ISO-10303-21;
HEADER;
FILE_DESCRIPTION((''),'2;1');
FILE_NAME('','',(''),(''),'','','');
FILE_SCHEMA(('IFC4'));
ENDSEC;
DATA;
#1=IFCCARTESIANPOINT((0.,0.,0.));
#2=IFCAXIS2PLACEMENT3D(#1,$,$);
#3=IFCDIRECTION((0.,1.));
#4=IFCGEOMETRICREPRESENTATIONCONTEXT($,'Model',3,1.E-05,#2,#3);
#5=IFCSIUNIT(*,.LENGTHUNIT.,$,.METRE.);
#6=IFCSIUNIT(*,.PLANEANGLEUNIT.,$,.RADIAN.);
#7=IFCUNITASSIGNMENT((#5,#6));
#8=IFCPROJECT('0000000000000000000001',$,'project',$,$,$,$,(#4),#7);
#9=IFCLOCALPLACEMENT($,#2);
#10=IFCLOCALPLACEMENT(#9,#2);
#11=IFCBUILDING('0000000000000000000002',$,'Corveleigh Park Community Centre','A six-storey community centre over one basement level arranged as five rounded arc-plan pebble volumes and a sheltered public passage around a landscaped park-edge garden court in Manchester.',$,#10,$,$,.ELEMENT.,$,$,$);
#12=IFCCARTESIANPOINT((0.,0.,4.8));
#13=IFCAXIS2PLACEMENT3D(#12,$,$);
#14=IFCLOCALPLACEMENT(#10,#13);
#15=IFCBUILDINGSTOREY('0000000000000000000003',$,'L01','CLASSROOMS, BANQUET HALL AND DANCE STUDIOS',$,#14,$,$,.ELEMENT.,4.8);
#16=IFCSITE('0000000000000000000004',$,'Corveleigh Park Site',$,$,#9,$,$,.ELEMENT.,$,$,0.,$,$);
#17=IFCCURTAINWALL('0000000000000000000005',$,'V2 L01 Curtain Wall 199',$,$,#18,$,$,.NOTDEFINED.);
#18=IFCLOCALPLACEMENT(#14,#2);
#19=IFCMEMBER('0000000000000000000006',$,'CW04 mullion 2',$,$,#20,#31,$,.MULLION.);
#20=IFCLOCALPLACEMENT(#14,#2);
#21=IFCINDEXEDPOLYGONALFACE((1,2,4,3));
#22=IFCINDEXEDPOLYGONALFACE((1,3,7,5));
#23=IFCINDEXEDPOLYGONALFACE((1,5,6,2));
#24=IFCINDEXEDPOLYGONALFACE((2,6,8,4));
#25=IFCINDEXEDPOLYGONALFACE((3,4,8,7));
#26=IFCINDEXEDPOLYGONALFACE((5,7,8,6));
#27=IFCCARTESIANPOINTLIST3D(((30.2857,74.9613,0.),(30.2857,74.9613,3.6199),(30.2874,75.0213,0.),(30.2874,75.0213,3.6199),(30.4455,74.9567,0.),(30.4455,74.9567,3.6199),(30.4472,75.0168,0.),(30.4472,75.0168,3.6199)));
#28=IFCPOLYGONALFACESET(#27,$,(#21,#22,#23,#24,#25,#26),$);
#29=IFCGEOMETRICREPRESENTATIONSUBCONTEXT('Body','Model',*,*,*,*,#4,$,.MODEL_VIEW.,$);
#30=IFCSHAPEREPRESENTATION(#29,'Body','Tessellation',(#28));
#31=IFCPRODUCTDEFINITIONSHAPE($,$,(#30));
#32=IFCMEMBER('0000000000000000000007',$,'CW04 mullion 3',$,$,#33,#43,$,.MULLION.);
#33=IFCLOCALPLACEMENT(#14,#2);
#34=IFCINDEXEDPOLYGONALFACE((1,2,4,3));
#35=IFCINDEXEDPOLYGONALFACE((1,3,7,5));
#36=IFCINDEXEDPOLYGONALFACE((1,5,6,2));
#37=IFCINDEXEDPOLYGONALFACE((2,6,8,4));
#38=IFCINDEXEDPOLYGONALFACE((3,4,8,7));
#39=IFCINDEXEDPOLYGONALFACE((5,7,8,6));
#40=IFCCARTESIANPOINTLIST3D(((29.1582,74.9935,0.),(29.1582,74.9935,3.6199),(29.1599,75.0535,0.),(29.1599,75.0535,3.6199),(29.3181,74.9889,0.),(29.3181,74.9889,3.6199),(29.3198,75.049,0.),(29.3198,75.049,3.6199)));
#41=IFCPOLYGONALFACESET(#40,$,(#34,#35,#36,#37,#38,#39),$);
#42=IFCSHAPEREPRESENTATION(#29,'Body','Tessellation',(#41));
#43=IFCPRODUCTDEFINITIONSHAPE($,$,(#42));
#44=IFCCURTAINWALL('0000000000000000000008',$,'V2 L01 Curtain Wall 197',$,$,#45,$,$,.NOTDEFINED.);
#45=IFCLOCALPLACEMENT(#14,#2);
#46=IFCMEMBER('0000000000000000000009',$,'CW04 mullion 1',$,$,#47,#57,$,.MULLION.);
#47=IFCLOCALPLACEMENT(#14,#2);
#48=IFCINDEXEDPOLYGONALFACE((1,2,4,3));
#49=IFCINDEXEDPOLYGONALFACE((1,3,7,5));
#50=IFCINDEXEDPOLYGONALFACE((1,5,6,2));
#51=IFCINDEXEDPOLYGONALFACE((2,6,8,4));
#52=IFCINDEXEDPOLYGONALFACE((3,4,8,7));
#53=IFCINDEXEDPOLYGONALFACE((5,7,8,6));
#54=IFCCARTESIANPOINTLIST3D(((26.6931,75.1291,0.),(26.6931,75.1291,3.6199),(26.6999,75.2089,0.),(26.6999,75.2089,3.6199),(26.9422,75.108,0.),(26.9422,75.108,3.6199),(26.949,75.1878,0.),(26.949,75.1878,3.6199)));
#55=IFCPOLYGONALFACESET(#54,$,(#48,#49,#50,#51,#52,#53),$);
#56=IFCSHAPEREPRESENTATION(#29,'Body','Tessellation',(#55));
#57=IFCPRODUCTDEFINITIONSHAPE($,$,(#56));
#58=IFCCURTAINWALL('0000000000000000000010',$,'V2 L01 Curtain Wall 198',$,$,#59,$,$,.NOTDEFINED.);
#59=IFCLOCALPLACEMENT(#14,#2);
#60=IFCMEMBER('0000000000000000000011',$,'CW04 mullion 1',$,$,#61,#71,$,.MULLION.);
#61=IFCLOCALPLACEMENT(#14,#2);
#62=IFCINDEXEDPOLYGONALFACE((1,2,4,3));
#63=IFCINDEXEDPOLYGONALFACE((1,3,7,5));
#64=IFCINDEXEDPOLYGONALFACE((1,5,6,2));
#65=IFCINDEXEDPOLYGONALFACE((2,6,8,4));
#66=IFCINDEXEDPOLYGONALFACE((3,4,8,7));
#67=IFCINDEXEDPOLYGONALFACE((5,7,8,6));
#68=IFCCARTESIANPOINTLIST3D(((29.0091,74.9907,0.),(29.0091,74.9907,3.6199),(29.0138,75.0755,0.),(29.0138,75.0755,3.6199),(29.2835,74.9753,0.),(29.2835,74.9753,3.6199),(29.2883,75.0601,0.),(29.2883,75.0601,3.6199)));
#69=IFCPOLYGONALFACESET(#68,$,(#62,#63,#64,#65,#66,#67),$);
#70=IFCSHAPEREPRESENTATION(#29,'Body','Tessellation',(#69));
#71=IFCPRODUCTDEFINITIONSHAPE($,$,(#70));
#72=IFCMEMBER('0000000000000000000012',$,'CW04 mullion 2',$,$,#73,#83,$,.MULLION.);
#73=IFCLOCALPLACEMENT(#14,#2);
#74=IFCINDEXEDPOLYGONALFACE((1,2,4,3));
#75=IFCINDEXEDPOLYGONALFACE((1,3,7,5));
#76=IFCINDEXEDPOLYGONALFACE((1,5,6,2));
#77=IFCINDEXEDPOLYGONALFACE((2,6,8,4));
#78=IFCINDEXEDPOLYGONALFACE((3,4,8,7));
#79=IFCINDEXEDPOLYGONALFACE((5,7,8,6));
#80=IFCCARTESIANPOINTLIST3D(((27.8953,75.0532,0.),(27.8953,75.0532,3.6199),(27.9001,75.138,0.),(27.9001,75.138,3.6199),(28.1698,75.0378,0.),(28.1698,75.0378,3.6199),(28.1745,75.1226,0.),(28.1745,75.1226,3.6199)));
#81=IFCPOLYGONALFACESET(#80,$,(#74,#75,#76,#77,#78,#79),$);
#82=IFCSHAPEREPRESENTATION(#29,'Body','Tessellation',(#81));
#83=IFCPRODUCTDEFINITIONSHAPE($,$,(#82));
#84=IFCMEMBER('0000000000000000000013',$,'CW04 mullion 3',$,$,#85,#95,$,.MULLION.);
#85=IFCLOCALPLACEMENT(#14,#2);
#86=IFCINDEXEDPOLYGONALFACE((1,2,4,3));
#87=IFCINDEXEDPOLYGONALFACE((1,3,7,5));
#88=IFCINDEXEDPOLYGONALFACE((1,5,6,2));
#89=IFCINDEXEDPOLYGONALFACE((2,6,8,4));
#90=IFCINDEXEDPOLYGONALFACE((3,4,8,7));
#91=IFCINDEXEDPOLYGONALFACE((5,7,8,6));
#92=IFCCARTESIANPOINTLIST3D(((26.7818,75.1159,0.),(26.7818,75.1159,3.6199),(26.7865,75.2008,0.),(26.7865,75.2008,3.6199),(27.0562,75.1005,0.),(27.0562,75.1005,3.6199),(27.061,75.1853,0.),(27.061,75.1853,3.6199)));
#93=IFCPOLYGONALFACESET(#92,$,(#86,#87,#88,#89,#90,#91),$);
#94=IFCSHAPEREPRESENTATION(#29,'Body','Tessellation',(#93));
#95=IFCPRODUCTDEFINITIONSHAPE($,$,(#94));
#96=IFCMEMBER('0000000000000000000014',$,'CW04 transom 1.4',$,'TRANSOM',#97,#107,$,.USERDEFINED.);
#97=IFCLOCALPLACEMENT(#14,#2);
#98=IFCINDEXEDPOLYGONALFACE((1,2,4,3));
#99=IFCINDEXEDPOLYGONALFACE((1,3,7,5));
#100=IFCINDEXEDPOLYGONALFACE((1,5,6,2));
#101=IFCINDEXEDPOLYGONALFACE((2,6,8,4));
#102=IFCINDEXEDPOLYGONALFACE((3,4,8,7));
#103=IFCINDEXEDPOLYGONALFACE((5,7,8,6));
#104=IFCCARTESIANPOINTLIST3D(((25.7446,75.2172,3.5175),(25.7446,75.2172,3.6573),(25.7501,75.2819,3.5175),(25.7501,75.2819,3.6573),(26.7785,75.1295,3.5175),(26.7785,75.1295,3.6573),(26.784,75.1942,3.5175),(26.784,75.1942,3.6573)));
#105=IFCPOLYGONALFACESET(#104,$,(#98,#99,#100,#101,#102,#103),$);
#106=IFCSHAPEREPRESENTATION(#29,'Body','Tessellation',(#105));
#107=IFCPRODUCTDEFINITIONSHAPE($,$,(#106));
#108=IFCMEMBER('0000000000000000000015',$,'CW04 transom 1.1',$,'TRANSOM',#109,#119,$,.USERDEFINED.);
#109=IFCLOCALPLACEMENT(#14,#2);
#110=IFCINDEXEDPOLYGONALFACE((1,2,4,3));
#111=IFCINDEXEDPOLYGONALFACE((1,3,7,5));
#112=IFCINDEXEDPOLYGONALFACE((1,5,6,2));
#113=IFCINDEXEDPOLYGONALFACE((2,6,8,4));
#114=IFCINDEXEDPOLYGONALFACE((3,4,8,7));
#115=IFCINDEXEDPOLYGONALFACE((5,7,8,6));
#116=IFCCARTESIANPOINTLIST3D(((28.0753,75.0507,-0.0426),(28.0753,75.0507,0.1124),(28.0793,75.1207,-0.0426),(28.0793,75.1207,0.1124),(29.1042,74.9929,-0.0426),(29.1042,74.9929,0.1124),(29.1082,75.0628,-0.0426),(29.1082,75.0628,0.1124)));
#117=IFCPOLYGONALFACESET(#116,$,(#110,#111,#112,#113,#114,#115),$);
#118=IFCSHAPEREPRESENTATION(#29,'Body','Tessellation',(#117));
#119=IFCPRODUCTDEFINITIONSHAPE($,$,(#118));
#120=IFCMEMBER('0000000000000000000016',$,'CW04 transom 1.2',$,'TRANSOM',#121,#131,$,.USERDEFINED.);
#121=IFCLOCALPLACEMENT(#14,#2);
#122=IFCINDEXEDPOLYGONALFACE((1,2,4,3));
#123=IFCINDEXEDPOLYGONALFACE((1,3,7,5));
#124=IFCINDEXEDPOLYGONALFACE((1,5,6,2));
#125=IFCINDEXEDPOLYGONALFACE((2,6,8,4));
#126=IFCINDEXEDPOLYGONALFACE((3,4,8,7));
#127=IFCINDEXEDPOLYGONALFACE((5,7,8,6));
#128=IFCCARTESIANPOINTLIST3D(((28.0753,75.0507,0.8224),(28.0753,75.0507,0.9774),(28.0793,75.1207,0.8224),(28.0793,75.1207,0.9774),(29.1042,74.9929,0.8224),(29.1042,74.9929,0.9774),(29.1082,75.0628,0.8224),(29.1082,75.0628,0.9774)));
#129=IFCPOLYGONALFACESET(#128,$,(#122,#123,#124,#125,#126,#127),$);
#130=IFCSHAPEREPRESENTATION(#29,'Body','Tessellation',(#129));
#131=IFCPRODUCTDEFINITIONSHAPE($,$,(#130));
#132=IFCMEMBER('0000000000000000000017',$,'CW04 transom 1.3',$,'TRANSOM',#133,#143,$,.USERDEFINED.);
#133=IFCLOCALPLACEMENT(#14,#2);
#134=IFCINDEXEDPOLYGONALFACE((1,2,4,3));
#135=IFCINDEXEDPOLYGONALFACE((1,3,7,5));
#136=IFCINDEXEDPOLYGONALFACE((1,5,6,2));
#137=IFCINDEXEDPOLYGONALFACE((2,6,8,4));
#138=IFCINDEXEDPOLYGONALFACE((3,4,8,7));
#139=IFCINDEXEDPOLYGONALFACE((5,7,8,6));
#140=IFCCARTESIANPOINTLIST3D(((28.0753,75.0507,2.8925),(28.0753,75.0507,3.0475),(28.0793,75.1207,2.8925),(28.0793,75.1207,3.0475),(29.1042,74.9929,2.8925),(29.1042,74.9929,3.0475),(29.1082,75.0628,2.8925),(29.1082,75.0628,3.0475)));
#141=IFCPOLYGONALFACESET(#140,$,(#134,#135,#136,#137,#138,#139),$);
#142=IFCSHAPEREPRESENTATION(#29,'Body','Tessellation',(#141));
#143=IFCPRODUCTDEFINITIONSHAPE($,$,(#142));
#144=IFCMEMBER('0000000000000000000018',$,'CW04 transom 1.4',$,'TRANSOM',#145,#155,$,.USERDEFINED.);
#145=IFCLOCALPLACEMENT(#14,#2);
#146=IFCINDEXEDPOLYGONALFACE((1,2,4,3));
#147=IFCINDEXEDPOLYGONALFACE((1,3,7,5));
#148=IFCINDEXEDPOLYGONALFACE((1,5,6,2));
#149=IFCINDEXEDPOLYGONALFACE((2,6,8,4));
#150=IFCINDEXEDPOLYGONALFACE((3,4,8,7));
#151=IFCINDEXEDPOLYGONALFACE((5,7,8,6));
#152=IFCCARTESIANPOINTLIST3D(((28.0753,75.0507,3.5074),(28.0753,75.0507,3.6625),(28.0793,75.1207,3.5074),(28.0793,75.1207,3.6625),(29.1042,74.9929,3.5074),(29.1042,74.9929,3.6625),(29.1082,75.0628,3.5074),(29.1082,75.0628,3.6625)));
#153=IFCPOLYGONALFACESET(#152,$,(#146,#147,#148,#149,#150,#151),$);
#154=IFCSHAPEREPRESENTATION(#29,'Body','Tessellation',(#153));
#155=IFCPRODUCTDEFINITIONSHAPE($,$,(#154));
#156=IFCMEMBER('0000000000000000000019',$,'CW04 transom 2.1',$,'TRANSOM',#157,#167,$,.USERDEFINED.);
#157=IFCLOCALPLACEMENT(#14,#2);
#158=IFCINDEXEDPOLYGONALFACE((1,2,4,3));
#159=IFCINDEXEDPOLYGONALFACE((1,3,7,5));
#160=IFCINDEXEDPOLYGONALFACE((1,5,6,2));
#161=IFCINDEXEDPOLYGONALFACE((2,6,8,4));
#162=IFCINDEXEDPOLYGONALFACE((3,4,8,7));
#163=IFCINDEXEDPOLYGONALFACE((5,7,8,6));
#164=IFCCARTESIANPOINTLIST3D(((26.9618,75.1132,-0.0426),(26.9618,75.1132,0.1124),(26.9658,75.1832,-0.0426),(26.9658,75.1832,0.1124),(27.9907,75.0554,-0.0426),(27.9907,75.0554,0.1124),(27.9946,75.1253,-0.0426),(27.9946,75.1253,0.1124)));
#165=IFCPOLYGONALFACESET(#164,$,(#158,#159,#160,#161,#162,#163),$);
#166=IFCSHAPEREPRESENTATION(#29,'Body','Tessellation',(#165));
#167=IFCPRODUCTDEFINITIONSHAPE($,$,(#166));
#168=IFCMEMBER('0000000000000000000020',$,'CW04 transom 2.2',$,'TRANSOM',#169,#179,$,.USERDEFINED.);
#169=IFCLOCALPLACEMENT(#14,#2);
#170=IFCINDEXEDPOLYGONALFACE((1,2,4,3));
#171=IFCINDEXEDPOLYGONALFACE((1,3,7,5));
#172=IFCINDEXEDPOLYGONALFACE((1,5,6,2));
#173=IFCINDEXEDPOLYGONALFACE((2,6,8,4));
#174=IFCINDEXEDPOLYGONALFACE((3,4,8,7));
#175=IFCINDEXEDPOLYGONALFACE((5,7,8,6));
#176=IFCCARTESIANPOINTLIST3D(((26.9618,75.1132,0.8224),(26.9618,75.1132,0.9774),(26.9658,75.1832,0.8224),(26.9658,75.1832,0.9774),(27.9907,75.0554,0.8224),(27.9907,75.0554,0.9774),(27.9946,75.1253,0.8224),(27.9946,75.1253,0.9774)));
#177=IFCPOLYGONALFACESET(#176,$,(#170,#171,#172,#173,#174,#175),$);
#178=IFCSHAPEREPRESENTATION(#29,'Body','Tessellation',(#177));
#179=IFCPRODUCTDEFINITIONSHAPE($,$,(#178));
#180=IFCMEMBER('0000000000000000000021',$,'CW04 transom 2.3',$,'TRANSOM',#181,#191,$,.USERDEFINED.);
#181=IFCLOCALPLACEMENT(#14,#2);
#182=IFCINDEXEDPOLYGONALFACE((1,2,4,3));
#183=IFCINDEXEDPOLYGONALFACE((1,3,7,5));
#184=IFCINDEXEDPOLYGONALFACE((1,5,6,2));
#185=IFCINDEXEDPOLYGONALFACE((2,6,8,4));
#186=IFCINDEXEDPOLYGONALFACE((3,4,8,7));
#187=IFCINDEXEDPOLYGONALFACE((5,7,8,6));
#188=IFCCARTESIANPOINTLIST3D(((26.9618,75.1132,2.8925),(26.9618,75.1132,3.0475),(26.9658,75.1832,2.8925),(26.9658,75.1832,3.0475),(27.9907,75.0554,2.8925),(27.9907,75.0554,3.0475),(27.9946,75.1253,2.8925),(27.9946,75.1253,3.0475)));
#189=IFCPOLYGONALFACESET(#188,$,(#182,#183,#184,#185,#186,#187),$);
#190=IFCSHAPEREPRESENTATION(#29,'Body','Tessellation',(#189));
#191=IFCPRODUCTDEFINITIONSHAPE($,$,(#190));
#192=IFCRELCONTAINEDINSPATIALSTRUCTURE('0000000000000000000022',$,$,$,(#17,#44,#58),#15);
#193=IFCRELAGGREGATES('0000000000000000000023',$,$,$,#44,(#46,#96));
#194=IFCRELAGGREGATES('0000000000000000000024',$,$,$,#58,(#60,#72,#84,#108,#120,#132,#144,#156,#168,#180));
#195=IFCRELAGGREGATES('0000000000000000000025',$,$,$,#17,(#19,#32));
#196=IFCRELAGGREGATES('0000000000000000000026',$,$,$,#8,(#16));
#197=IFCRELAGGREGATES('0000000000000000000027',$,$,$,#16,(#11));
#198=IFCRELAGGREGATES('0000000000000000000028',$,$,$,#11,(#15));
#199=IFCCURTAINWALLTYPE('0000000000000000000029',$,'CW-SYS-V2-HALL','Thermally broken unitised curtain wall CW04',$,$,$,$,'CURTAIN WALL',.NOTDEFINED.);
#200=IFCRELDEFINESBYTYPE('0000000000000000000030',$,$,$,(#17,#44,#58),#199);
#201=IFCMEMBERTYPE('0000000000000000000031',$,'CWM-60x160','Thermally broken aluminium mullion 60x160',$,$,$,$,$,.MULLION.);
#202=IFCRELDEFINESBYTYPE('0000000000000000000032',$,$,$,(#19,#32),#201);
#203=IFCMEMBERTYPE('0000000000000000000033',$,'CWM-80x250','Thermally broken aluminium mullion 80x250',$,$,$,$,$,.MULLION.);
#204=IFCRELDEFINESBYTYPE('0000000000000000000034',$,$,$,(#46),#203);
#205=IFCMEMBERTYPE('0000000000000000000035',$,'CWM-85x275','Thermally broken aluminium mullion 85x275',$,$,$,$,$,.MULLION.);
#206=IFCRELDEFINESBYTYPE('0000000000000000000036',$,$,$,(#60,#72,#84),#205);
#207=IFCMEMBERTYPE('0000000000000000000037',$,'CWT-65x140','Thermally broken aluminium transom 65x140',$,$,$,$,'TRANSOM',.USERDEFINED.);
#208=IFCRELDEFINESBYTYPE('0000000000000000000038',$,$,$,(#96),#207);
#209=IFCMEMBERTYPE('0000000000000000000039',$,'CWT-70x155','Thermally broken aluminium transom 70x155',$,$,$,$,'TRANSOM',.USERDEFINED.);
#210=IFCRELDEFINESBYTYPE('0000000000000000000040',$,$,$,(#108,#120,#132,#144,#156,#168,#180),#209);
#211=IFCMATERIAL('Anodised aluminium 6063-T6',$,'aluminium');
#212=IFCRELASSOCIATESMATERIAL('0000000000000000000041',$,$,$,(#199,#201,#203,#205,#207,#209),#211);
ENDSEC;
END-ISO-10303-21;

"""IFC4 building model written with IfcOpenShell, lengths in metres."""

from ifc_helpers import new_model, si_unit, direction, frame, origin, origin_2d, place, context, subcontext, project, spatial, rectangle, extrude, material, material_profile, profile_set, type_object, element, aggregate, save


model = new_model("IFC4")

# Units and contexts
model_context = context("Model", 3, precision=1e-05, world=origin(), true_north=direction((0.0, 1.0)))
body_context = subcontext(model_context, "Body", "Model", "MODEL_VIEW")
ifc_project = project(units=[si_unit("LENGTHUNIT", "METRE"), si_unit("PLANEANGLEUNIT", "RADIAN")], contexts=[model_context])

# Site, building, storey
site_placement = place(None, origin())
site = spatial("IfcSite", under=ifc_project, at=site_placement, Name="Corveleigh Park Site", CompositionType="ELEMENT", RefElevation=0.0)
building_placement = place(site_placement, origin())
building = spatial("IfcBuilding", under=site, at=building_placement, Name="Corveleigh Park Community Centre", Description="A six-storey community centre over one basement level arranged as five rounded arc-plan pebble volumes and a sheltered public passage around a landscaped park-edge garden court in Manchester.", CompositionType="ELEMENT")
storey_placement = place(building_placement, frame((0.0, 0.0, 4.8)))
storey = spatial("IfcBuildingStorey", under=building, at=storey_placement, Name="L01", Description="CLASSROOMS, BANQUET HALL AND DANCE STUDIOS", CompositionType="ELEMENT", Elevation=4.8)

# Curtain wall, members
ifc_material_1 = material(Name="Anodised aluminium 6063-T6", Category="aluminium")
curtain_wall_type = type_object("IfcCurtainWallType", Name="CW-SYS-V2-HALL", Description="Thermally broken unitised curtain wall CW04", ElementType="CURTAIN WALL", PredefinedType="NOTDEFINED", material=ifc_material_1)
curtain_wall_1_placement = place(storey_placement, origin())
curtain_wall_1 = element("IfcCurtainWall", 1, at=curtain_wall_1_placement, inside=storey, type_object=curtain_wall_type, Name="V2 L01 Curtain Wall 199", PredefinedType="NOTDEFINED")
ifc_material_profile_1 = material_profile(ifc_material_1, rectangle(XDim=0.0601, YDim=0.1599, at=origin_2d()), Name="ALU-M60x160", Category="aluminium")
ifc_profile_set_1 = profile_set([ifc_material_profile_1], Name="Anodised aluminium 6063-T6")
member_type_1 = type_object("IfcMemberType", Name="CWM-60x160", Description="Thermally broken aluminium mullion 60x160", PredefinedType="MULLION", material=ifc_profile_set_1)
member_1_placement = place(storey_placement, frame((30.3665, 74.989, 0.0), z_axis=(0.0, 0.0, 1.0), x_axis=(-0.028498, -0.999594, 0.0)))
member_1 = element("IfcMember", 2, at=member_1_placement, type_object=member_type_1, Name="CW04 mullion 2", PredefinedType="MULLION", context=body_context, shape_type="SweptSolid", body=[
    extrude(rectangle(XDim=0.0601, YDim=0.1599, at=origin_2d()), origin(), (0.0, 0.0, 1.0), 3.6199),
])
member_2_placement = place(storey_placement, frame((29.239, 75.0212, 0.0), z_axis=(0.0, 0.0, 1.0), x_axis=(-0.028498, -0.999594, 0.0)))
member_2 = element("IfcMember", 3, at=member_2_placement, type_object=member_type_1, Name="CW04 mullion 3", PredefinedType="MULLION", context=body_context, shape_type="SweptSolid", body=[
    extrude(rectangle(XDim=0.0601, YDim=0.1599, at=origin_2d()), origin(), (0.0, 0.0, 1.0), 3.6199),
])

# Curtain wall, member
curtain_wall_2_placement = place(storey_placement, origin())
curtain_wall_2 = element("IfcCurtainWall", 4, at=curtain_wall_2_placement, inside=storey, type_object=curtain_wall_type, Name="V2 L01 Curtain Wall 197", PredefinedType="NOTDEFINED")
ifc_material_profile_2 = material_profile(ifc_material_1, rectangle(XDim=0.0801, YDim=0.25, at=origin_2d()), Name="ALU-M80x250", Category="aluminium")
ifc_profile_set_2 = profile_set([ifc_material_profile_2], Name="Anodised aluminium 6063-T6")
member_type_2 = type_object("IfcMemberType", Name="CWM-80x250", Description="Thermally broken aluminium mullion 80x250", PredefinedType="MULLION", material=ifc_profile_set_2)
member_3_placement = place(storey_placement, frame((26.821, 75.1584, 0.0), z_axis=(0.0, 0.0, 1.0), x_axis=(-0.084654, -0.99641, 0.0)))
member_3 = element("IfcMember", 5, at=member_3_placement, type_object=member_type_2, Name="CW04 mullion 1", PredefinedType="MULLION", context=body_context, shape_type="SweptSolid", body=[
    extrude(rectangle(XDim=0.0801, YDim=0.25, at=origin_2d()), origin(), (0.0, 0.0, 1.0), 3.6199),
])

# Curtain wall, members
curtain_wall_3_placement = place(storey_placement, origin())
curtain_wall_3 = element("IfcCurtainWall", 6, at=curtain_wall_3_placement, inside=storey, type_object=curtain_wall_type, Name="V2 L01 Curtain Wall 198", PredefinedType="NOTDEFINED")
ifc_material_profile_3 = material_profile(ifc_material_1, rectangle(XDim=0.085, YDim=0.2749, at=origin_2d()), Name="ALU-M85x275", Category="aluminium")
ifc_profile_set_3 = profile_set([ifc_material_profile_3], Name="Anodised aluminium 6063-T6")
member_type_3 = type_object("IfcMemberType", Name="CWM-85x275", Description="Thermally broken aluminium mullion 85x275", PredefinedType="MULLION", material=ifc_profile_set_3)
member_4_placement = place(storey_placement, frame((29.1487, 75.0254, 0.0), z_axis=(0.0, 0.0, 1.0), x_axis=(-0.05614, -0.998423, 0.0)))
member_4 = element("IfcMember", 7, at=member_4_placement, type_object=member_type_3, Name="CW04 mullion 1", PredefinedType="MULLION", context=body_context, shape_type="SweptSolid", body=[
    extrude(rectangle(XDim=0.085, YDim=0.2749, at=origin_2d()), origin(), (0.0, 0.0, 1.0), 3.6199),
])
member_5_placement = place(storey_placement, frame((28.0349, 75.0879, 0.0), z_axis=(0.0, 0.0, 1.0), x_axis=(-0.05614, -0.998423, 0.0)))
member_5 = element("IfcMember", 8, at=member_5_placement, type_object=member_type_3, Name="CW04 mullion 2", PredefinedType="MULLION", context=body_context, shape_type="SweptSolid", body=[
    extrude(rectangle(XDim=0.085, YDim=0.2749, at=origin_2d()), origin(), (0.0, 0.0, 1.0), 3.6199),
])
member_6_placement = place(storey_placement, frame((26.9214, 75.1506, 0.0), z_axis=(0.0, 0.0, 1.0), x_axis=(-0.05614, -0.998423, 0.0)))
member_6 = element("IfcMember", 9, at=member_6_placement, type_object=member_type_3, Name="CW04 mullion 3", PredefinedType="MULLION", context=body_context, shape_type="SweptSolid", body=[
    extrude(rectangle(XDim=0.085, YDim=0.2749, at=origin_2d()), origin(), (0.0, 0.0, 1.0), 3.6199),
])

# Members
ifc_material_profile_4 = material_profile(ifc_material_1, rectangle(XDim=0.0649, YDim=0.1399, at=origin_2d()), Name="ALU-T65x140", Category="aluminium")
ifc_profile_set_4 = profile_set([ifc_material_profile_4], Name="Anodised aluminium 6063-T6")
member_type_4 = type_object("IfcMemberType", Name="CWT-65x140", Description="Thermally broken aluminium transom 65x140", ElementType="TRANSOM", PredefinedType="USERDEFINED", material=ifc_profile_set_4)
member_7_placement = place(storey_placement, frame((26.7812, 75.1619, 3.5874), z_axis=(-0.996426, 0.084467, 0.0), x_axis=(-0.084467, -0.996426, 0.0)))
member_7 = element("IfcMember", 10, at=member_7_placement, type_object=member_type_4, Name="CW04 transom 1.4", ObjectType="TRANSOM", PredefinedType="USERDEFINED", context=body_context, shape_type="SweptSolid", body=[
    extrude(rectangle(XDim=0.0649, YDim=0.1399, at=origin_2d()), origin(), (0.0, 0.0, 1.0), 1.0376),
])
aggregate(curtain_wall_2, [member_3, member_7])
ifc_material_profile_5 = material_profile(ifc_material_1, rectangle(XDim=0.0701, YDim=0.155, at=origin_2d()), Name="ALU-T70x155", Category="aluminium")
ifc_profile_set_5 = profile_set([ifc_material_profile_5], Name="Anodised aluminium 6063-T6")
member_type_5 = type_object("IfcMemberType", Name="CWT-70x155", Description="Thermally broken aluminium transom 70x155", ElementType="TRANSOM", PredefinedType="USERDEFINED", material=ifc_profile_set_5)
member_8_placement = place(storey_placement, frame((29.1062, 75.0278, 0.0349), z_axis=(-0.998422, 0.056152, 0.0), x_axis=(-0.056152, -0.998422, 0.0)))
member_8 = element("IfcMember", 11, at=member_8_placement, type_object=member_type_5, Name="CW04 transom 1.1", ObjectType="TRANSOM", PredefinedType="USERDEFINED", context=body_context, shape_type="SweptSolid", body=[
    extrude(rectangle(XDim=0.0701, YDim=0.155, at=origin_2d()), origin(), (0.0, 0.0, 1.0), 1.0305),
])
member_9_placement = place(storey_placement, frame((29.1062, 75.0278, 0.8999), z_axis=(-0.998422, 0.056152, 0.0), x_axis=(-0.056152, -0.998422, 0.0)))
member_9 = element("IfcMember", 12, at=member_9_placement, type_object=member_type_5, Name="CW04 transom 1.2", ObjectType="TRANSOM", PredefinedType="USERDEFINED", context=body_context, shape_type="SweptSolid", body=[
    extrude(rectangle(XDim=0.0701, YDim=0.155, at=origin_2d()), origin(), (0.0, 0.0, 1.0), 1.0305),
])
member_10_placement = place(storey_placement, frame((29.1062, 75.0278, 2.97), z_axis=(-0.998422, 0.056152, 0.0), x_axis=(-0.056152, -0.998422, 0.0)))
member_10 = element("IfcMember", 13, at=member_10_placement, type_object=member_type_5, Name="CW04 transom 1.3", ObjectType="TRANSOM", PredefinedType="USERDEFINED", context=body_context, shape_type="SweptSolid", body=[
    extrude(rectangle(XDim=0.0701, YDim=0.155, at=origin_2d()), origin(), (0.0, 0.0, 1.0), 1.0305),
])
member_11_placement = place(storey_placement, frame((29.1062, 75.0278, 3.585), z_axis=(-0.998422, 0.056152, 0.0), x_axis=(-0.056152, -0.998422, 0.0)))
member_11 = element("IfcMember", 14, at=member_11_placement, type_object=member_type_5, Name="CW04 transom 1.4", ObjectType="TRANSOM", PredefinedType="USERDEFINED", context=body_context, shape_type="SweptSolid", body=[
    extrude(rectangle(XDim=0.0701, YDim=0.155, at=origin_2d()), origin(), (0.0, 0.0, 1.0), 1.0305),
])
member_12_placement = place(storey_placement, frame((27.9927, 75.0903, 0.0349), z_axis=(-0.998422, 0.056152, 0.0), x_axis=(-0.056152, -0.998422, 0.0)))
member_12 = element("IfcMember", 15, at=member_12_placement, type_object=member_type_5, Name="CW04 transom 2.1", ObjectType="TRANSOM", PredefinedType="USERDEFINED", context=body_context, shape_type="SweptSolid", body=[
    extrude(rectangle(XDim=0.0701, YDim=0.155, at=origin_2d()), origin(), (0.0, 0.0, 1.0), 1.0305),
])
member_13_placement = place(storey_placement, frame((27.9927, 75.0903, 0.8999), z_axis=(-0.998422, 0.056152, 0.0), x_axis=(-0.056152, -0.998422, 0.0)))
member_13 = element("IfcMember", 16, at=member_13_placement, type_object=member_type_5, Name="CW04 transom 2.2", ObjectType="TRANSOM", PredefinedType="USERDEFINED", context=body_context, shape_type="SweptSolid", body=[
    extrude(rectangle(XDim=0.0701, YDim=0.155, at=origin_2d()), origin(), (0.0, 0.0, 1.0), 1.0305),
])
member_14_placement = place(storey_placement, frame((27.9927, 75.0903, 2.97), z_axis=(-0.998422, 0.056152, 0.0), x_axis=(-0.056152, -0.998422, 0.0)))
member_14 = element("IfcMember", 17, at=member_14_placement, type_object=member_type_5, Name="CW04 transom 2.3", ObjectType="TRANSOM", PredefinedType="USERDEFINED", context=body_context, shape_type="SweptSolid", body=[
    extrude(rectangle(XDim=0.0701, YDim=0.155, at=origin_2d()), origin(), (0.0, 0.0, 1.0), 1.0305),
])

aggregate(curtain_wall_3, [member_4, member_5, member_6, member_8, member_9, member_10, member_11, member_12, member_13, member_14])
aggregate(curtain_wall_1, [member_1, member_2])

save(model, "model.ifc")
